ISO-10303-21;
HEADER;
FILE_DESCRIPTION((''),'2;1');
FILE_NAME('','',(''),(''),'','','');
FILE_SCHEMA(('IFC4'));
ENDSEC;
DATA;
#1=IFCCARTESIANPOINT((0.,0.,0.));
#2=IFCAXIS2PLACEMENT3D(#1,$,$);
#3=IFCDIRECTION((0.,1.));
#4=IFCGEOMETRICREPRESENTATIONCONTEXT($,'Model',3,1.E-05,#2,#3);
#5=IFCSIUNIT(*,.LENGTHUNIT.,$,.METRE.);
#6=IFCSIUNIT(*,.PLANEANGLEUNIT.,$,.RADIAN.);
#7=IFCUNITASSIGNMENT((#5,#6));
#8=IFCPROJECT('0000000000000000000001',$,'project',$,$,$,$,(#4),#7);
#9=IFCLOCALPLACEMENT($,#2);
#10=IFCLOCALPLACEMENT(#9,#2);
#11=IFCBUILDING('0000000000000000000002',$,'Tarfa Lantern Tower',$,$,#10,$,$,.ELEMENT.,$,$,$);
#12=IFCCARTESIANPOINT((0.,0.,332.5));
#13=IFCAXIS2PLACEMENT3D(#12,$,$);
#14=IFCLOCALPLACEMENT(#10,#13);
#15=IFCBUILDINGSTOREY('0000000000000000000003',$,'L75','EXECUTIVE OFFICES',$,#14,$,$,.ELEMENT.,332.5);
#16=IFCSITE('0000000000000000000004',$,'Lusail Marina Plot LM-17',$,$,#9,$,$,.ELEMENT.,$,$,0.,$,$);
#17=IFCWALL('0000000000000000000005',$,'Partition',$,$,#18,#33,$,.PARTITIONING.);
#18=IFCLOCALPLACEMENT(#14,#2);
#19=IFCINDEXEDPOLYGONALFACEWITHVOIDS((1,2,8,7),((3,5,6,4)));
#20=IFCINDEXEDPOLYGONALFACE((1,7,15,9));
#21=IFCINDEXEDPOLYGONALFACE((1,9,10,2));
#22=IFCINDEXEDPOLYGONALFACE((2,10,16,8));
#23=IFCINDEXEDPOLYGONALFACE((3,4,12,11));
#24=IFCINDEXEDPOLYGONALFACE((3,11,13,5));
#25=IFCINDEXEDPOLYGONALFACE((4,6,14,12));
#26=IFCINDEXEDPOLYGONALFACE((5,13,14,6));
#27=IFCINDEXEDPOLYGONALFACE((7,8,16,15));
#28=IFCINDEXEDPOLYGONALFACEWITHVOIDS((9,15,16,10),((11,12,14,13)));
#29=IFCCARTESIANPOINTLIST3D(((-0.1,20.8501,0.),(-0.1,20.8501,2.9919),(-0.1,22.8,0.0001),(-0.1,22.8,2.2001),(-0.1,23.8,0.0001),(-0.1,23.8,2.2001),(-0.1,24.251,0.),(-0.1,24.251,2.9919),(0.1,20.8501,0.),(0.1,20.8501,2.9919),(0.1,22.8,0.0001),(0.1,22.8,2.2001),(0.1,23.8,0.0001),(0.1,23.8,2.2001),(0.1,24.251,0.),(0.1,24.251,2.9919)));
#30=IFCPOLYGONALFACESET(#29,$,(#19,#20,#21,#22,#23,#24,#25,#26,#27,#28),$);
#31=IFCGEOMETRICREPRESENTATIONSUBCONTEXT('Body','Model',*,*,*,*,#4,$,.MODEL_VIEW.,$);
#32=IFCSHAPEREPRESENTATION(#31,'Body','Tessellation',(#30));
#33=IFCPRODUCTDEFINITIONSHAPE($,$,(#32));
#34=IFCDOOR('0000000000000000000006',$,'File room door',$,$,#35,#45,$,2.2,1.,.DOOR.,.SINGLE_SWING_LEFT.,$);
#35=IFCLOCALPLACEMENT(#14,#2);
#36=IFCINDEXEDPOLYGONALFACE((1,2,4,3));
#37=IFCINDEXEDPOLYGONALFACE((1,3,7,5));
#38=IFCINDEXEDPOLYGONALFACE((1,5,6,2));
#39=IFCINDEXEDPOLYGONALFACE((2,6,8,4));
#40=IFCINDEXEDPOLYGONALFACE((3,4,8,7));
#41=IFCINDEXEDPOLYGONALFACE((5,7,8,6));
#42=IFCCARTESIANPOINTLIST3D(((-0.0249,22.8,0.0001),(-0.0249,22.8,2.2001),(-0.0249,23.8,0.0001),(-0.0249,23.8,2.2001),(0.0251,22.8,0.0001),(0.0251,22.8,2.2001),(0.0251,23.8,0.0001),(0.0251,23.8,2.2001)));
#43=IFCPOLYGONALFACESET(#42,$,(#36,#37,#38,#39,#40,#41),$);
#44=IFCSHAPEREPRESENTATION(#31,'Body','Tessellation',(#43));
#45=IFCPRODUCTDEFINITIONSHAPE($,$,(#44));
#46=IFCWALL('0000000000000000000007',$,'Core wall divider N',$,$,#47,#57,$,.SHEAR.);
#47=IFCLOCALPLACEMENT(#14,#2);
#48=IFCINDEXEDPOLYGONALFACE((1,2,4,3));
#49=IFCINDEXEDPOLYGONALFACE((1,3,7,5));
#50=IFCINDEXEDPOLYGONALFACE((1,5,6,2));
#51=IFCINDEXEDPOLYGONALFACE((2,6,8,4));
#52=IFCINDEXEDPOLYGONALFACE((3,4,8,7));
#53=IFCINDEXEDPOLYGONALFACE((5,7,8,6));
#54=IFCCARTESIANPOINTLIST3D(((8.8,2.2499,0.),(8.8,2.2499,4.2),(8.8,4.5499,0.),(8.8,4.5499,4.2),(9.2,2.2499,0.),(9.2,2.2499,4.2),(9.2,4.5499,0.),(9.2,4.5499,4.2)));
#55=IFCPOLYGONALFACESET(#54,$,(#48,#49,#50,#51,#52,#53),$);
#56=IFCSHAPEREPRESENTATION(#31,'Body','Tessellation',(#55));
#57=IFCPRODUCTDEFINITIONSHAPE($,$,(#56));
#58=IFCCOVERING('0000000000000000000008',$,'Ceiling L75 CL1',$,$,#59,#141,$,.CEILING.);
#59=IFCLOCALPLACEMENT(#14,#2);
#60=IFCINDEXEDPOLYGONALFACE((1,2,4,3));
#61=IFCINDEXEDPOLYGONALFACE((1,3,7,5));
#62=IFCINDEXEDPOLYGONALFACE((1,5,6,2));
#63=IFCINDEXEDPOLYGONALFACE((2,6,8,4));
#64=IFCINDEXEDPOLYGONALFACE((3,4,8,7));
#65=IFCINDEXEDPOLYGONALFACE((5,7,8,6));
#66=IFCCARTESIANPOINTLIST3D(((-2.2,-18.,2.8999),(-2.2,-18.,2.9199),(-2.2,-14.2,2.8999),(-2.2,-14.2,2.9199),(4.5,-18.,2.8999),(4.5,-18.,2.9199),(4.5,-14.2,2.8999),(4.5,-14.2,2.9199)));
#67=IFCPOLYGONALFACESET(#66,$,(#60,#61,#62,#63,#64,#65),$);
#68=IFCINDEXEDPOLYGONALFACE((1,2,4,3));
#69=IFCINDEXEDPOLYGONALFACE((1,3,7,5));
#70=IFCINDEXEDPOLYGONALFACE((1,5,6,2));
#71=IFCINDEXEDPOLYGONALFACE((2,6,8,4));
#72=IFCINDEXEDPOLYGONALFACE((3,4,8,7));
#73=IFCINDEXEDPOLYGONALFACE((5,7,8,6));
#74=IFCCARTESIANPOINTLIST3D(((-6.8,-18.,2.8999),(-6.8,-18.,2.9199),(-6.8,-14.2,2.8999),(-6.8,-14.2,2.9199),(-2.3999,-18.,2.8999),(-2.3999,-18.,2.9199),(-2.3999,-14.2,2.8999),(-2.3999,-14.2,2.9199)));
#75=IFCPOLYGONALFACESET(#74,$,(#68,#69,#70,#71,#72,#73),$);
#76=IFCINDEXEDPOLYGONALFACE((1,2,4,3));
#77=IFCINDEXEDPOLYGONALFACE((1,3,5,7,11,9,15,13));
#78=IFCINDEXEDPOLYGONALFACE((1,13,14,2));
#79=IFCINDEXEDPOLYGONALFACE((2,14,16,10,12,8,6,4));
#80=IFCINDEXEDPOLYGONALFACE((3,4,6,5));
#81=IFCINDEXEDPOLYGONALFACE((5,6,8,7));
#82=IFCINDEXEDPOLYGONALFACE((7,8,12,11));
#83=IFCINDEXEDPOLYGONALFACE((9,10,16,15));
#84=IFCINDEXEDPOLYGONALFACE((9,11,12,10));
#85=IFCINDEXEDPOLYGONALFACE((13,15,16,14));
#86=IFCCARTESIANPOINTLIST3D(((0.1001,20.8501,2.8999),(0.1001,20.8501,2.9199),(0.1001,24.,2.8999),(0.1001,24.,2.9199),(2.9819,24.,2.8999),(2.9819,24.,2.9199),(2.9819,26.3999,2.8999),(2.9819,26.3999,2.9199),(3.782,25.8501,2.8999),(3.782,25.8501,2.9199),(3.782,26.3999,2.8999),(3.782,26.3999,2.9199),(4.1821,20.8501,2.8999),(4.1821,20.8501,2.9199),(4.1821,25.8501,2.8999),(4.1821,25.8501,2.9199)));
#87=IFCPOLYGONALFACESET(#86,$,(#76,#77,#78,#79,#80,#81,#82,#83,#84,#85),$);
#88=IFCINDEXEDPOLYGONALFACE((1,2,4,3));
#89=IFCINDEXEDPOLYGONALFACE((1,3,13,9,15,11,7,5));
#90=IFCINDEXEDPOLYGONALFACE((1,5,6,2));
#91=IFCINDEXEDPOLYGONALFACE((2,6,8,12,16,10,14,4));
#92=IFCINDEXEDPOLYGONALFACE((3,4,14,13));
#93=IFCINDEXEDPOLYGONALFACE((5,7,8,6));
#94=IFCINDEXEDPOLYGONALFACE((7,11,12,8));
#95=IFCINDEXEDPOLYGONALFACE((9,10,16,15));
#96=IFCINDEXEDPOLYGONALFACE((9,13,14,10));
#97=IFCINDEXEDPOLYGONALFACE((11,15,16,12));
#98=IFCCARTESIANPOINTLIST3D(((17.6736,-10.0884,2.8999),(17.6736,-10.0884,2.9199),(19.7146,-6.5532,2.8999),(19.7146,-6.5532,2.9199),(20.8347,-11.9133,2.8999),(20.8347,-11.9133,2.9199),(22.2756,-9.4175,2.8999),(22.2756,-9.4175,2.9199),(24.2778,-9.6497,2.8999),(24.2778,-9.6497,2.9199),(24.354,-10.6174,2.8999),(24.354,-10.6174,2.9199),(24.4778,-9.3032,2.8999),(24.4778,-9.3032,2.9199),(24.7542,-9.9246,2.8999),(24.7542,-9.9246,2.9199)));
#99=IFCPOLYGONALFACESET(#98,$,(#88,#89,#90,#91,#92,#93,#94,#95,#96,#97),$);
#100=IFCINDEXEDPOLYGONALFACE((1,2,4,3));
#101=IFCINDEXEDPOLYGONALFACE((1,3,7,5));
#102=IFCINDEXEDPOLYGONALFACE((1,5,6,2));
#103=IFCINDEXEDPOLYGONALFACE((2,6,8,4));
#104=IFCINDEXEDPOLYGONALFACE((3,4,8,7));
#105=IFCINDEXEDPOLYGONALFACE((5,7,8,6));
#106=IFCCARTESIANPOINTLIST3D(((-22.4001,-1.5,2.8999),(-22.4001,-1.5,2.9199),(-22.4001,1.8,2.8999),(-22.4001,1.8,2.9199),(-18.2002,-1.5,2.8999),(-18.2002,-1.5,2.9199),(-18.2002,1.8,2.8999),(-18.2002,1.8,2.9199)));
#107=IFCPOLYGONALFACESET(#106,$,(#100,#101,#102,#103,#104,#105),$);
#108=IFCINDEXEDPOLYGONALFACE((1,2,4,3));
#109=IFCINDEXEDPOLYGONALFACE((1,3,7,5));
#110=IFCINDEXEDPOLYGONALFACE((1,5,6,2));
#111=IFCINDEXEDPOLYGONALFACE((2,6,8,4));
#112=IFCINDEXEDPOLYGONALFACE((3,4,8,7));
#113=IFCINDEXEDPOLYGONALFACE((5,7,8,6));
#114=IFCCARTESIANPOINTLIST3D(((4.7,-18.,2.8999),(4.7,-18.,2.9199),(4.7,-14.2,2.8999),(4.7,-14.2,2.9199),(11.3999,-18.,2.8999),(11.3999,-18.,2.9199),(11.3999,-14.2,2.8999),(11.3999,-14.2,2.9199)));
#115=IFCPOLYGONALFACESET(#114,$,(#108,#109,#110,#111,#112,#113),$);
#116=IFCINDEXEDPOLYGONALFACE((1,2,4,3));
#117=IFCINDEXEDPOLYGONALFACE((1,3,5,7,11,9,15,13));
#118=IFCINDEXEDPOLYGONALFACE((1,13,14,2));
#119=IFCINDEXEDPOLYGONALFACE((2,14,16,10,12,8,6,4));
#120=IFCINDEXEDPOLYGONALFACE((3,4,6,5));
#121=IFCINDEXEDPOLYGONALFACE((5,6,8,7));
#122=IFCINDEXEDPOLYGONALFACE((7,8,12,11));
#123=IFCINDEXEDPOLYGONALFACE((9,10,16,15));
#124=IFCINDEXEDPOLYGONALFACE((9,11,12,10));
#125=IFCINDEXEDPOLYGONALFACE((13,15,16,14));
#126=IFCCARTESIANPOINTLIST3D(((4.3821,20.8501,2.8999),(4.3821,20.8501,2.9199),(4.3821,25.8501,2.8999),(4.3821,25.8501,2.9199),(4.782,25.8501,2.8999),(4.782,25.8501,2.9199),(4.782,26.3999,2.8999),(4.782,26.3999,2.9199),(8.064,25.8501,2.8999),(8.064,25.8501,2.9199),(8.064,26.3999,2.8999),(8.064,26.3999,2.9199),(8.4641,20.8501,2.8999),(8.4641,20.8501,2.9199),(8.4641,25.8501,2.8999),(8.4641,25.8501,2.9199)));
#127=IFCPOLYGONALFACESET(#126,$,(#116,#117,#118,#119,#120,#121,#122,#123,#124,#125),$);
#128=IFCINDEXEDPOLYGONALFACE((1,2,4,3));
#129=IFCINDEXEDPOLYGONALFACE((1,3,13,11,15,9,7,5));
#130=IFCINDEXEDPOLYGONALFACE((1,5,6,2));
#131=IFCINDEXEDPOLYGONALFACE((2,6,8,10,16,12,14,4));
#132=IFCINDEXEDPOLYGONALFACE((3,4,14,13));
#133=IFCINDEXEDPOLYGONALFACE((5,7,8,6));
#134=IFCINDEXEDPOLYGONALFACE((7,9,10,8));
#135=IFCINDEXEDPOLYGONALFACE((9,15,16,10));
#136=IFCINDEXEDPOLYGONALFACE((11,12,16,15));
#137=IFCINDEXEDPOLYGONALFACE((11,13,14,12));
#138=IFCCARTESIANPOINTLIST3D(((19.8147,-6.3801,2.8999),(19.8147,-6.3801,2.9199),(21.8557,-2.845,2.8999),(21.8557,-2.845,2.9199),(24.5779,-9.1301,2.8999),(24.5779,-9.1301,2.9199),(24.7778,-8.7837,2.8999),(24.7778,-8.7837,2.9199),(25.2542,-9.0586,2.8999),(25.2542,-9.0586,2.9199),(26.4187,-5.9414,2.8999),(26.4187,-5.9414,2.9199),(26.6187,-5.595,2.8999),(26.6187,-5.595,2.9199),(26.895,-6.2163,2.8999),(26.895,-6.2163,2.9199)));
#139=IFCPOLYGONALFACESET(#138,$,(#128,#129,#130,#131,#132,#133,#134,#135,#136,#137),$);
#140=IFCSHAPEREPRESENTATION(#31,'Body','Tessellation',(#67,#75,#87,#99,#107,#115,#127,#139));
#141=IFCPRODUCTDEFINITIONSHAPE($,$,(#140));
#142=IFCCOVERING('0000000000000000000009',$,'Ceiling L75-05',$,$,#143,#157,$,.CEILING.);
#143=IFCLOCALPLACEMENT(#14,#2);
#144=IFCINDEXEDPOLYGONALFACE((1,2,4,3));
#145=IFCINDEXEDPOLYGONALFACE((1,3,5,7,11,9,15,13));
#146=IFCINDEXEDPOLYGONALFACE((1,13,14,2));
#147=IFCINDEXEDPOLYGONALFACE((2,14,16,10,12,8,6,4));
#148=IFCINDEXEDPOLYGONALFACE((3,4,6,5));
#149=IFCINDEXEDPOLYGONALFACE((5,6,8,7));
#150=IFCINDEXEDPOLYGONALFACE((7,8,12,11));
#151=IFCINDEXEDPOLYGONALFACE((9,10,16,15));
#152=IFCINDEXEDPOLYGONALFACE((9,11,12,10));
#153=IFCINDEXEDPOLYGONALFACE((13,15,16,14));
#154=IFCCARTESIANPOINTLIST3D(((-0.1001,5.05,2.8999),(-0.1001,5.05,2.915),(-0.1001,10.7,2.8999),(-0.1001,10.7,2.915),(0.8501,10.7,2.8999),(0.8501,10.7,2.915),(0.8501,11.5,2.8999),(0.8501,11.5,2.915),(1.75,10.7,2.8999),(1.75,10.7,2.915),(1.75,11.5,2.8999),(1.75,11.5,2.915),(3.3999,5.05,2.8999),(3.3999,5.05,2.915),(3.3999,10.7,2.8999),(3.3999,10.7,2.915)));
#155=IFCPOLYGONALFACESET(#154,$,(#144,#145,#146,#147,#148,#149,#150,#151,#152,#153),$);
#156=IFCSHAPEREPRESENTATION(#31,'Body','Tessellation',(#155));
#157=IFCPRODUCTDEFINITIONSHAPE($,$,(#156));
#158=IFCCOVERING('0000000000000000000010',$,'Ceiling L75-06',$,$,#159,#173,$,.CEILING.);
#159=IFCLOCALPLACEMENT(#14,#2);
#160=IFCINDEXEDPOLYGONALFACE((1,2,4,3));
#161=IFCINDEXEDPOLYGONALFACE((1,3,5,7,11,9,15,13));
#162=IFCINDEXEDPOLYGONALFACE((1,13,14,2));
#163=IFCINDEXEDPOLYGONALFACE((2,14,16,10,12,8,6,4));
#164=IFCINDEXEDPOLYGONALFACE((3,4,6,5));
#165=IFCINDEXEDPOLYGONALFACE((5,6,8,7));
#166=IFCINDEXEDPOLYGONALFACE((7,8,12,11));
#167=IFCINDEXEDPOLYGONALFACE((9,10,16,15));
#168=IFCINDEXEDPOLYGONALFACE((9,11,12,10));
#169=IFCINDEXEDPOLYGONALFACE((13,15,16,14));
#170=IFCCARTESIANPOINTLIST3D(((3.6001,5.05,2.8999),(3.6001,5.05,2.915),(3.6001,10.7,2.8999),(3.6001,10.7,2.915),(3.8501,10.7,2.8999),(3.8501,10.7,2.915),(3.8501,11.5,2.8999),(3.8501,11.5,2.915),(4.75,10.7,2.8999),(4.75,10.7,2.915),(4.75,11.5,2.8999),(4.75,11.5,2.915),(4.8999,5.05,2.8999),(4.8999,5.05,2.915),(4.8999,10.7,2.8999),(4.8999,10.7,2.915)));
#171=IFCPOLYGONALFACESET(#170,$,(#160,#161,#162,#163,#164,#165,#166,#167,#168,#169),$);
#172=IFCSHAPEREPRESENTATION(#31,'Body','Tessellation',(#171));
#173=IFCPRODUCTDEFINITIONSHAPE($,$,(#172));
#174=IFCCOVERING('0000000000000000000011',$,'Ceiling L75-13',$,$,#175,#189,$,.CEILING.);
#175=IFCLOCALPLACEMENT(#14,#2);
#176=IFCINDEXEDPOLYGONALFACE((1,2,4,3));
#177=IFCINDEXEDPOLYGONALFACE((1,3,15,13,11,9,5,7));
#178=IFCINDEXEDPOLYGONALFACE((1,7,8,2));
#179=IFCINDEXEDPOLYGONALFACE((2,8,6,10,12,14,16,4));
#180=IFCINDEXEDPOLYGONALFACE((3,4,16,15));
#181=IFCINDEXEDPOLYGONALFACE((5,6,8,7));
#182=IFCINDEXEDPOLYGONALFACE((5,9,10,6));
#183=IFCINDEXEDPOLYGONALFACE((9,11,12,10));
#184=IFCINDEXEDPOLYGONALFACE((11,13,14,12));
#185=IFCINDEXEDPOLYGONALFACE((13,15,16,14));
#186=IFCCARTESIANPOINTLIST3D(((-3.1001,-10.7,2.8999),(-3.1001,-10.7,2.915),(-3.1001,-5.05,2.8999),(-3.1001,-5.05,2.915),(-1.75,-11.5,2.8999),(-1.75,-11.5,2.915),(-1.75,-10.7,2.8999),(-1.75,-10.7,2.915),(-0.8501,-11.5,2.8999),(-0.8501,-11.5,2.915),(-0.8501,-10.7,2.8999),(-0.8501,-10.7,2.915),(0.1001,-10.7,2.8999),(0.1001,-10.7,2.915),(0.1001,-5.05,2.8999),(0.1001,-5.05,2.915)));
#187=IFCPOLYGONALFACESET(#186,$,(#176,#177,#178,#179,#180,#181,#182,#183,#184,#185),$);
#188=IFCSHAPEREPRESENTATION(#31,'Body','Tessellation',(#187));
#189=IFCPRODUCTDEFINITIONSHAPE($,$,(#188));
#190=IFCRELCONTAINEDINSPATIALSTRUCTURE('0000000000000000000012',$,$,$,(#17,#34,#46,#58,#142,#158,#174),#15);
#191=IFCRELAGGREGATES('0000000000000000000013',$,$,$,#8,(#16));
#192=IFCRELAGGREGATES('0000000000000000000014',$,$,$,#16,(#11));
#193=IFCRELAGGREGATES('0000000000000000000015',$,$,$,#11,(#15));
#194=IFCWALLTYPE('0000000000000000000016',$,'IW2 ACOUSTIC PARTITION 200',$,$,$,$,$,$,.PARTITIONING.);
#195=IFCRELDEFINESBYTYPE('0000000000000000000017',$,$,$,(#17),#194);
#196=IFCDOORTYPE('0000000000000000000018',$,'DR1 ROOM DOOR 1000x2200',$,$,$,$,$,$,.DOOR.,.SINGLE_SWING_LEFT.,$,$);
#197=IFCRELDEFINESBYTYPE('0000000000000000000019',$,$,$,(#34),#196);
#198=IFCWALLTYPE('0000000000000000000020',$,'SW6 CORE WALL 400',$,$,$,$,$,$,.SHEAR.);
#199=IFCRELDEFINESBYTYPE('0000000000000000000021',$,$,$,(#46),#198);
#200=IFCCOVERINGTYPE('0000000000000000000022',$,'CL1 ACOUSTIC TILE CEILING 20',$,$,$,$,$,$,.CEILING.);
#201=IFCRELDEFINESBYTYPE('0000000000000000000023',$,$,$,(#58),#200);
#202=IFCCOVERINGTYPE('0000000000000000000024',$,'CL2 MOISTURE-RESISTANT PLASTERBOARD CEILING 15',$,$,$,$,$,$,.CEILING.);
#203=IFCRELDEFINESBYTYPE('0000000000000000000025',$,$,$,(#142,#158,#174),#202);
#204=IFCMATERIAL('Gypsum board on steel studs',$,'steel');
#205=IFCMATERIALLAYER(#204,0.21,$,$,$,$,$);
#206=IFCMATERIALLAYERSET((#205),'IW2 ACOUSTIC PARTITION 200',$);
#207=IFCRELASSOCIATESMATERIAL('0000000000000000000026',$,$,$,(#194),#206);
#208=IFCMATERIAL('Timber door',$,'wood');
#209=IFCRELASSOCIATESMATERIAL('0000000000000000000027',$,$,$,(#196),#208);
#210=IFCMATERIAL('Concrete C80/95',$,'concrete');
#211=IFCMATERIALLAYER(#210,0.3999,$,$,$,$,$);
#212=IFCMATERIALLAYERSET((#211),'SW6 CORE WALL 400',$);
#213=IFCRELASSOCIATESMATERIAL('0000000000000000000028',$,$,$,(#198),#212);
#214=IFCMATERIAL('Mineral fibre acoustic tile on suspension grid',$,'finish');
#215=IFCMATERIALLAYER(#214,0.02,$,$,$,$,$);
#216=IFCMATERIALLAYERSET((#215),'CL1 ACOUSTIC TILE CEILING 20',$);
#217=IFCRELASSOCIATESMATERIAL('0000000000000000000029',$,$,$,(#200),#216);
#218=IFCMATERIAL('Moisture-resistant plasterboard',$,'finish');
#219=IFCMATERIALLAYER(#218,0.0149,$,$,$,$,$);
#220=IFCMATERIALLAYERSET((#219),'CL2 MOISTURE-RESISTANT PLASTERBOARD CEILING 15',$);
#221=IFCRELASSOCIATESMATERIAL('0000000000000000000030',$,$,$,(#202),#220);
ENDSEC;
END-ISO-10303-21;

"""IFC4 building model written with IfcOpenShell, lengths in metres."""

from ifc_helpers import new_model, si_unit, direction, frame, frame_2d, origin, place, context, subcontext, project, spatial, polyline, rectangle, outline, extrude, material, layer, layer_set, type_object, element, fill, save


model = new_model("IFC4")

# Units and contexts
model_context = context("Model", 3, precision=1e-05, world=origin(), true_north=direction((0.0, 1.0)))
body_context = subcontext(model_context, "Body", "Model", "MODEL_VIEW")
ifc_project = project(units=[si_unit("LENGTHUNIT", "METRE"), si_unit("PLANEANGLEUNIT", "RADIAN")], contexts=[model_context])

# Site, building, storey
site_placement = place(None, origin())
site = spatial("IfcSite", under=ifc_project, at=site_placement, Name="Lusail Marina Plot LM-17", CompositionType="ELEMENT", RefElevation=0.0)
building_placement = place(site_placement, origin())
building = spatial("IfcBuilding", under=site, at=building_placement, Name="Tarfa Lantern Tower", CompositionType="ELEMENT")
storey_placement = place(building_placement, frame((0.0, 0.0, 332.5)))
storey = spatial("IfcBuildingStorey", under=building, at=storey_placement, Name="L75", Description="EXECUTIVE OFFICES", CompositionType="ELEMENT", Elevation=332.5)

# Wall, opening, door
ifc_material_1 = material(Name="Gypsum board on steel studs", Category="steel")
ifc_layer_1 = layer(ifc_material_1, 0.21)
ifc_layer_set_1 = layer_set([ifc_layer_1], Name="IW2 ACOUSTIC PARTITION 200")
wall_type_1 = type_object("IfcWallType", Name="IW2 ACOUSTIC PARTITION 200", PredefinedType="PARTITIONING", material=ifc_layer_set_1)
ifc_material_2 = material(Name="Timber door", Category="wood")
door_type = type_object("IfcDoorType", Name="DR1 ROOM DOOR 1000x2200", OperationType="SINGLE_SWING_LEFT", PredefinedType="DOOR", material=ifc_material_2)
wall_1_placement = place(storey_placement, frame((0.0, 20.8501, 0.0), z_axis=(0.0, 0.0, 1.0), x_axis=(0.0, 1.0, 0.0)))
wall_1 = element("IfcWall", 1, at=wall_1_placement, inside=storey, type_object=wall_type_1, Name="Partition", PredefinedType="PARTITIONING", context=body_context, shape_type="SweptSolid", body=[
    extrude(rectangle(XDim=3.4009, YDim=0.2, at=frame_2d((1.7004, 0.0))), origin(), (0.0, 0.0, 1.0), 2.9919),
])
opening_1_placement = place(wall_1_placement, frame((1.95, 0.0, 0.0)))
opening_1 = element("IfcOpeningElement", 2, at=opening_1_placement, cuts=wall_1, PredefinedType="OPENING", context=body_context, shape_type="SweptSolid", body=[
    extrude(rectangle(XDim=1.0, YDim=2.2, at=frame_2d((0.5, 1.1001))), frame((0.0, 0.1099, 0.0), z_axis=(0.0, -1.0, 0.0), x_axis=(1.0, 0.0, 0.0)), (0.0, 0.0, 1.0), 0.22),
])
door_1_placement = place(opening_1_placement, origin())
door_1 = element("IfcDoor", 3, at=door_1_placement, inside=storey, type_object=door_type, Name="File room door", OperationType="SINGLE_SWING_LEFT", OverallHeight=2.2, OverallWidth=1.0, PredefinedType="DOOR", context=body_context, shape_type="SweptSolid", body=[
    extrude(rectangle(XDim=1.0, YDim=2.2, at=frame_2d((0.5, 1.1001))), frame((0.0, 0.0249, 0.0), z_axis=(0.0, -1.0, 0.0), x_axis=(1.0, 0.0, 0.0)), (0.0, 0.0, 1.0), 0.05),
])
fill(opening_1, door_1)

# Wall
ifc_material_3 = material(Name="Concrete C80/95", Category="concrete")
ifc_layer_2 = layer(ifc_material_3, 0.3999)
ifc_layer_set_2 = layer_set([ifc_layer_2], Name="SW6 CORE WALL 400")
wall_type_2 = type_object("IfcWallType", Name="SW6 CORE WALL 400", PredefinedType="SHEAR", material=ifc_layer_set_2)
wall_2_placement = place(storey_placement, frame((9.0, 2.25, 0.0), z_axis=(0.0, 0.0, 1.0), x_axis=(0.0, 1.0, 0.0)))
element("IfcWall", 4, at=wall_2_placement, inside=storey, type_object=wall_type_2, Name="Core wall divider N", PredefinedType="SHEAR", context=body_context, shape_type="SweptSolid", body=[
    extrude(rectangle(XDim=2.3, YDim=0.3999, at=frame_2d((1.1499, 0.0))), origin(), (0.0, 0.0, 1.0), 4.2),
])

# Coverings
ifc_material_4 = material(Name="Mineral fibre acoustic tile on suspension grid", Category="finish")
ifc_layer_3 = layer(ifc_material_4, 0.02)
ifc_layer_set_3 = layer_set([ifc_layer_3], Name="CL1 ACOUSTIC TILE CEILING 20")
covering_type_1 = type_object("IfcCoveringType", Name="CL1 ACOUSTIC TILE CEILING 20", PredefinedType="CEILING", material=ifc_layer_set_3)
covering_1_placement = place(storey_placement, frame((0.0, 0.0, 2.8999)))
element("IfcCovering", 5, at=covering_1_placement, inside=storey, type_object=covering_type_1, Name="Ceiling L75 CL1", PredefinedType="CEILING", context=body_context, shape_type="SweptSolid", body=[
    extrude(outline(polyline([(-2.2, -14.2), (4.5, -14.2), (4.5, -18.0), (-2.2, -18.0), (-2.2, -14.2)])), origin(), (0.0, 0.0, 1.0), 0.02),
    extrude(outline(polyline([(-6.8, -14.2), (-2.3999, -14.2), (-2.3999, -18.0), (-6.8, -18.0), (-6.8, -14.2)])), origin(), (0.0, 0.0, 1.0), 0.02),
    extrude(outline(polyline([(4.1821, 20.8501), (0.1001, 20.8501), (0.1001, 24.0), (2.9819, 24.0), (2.9819, 26.3999), (3.782, 26.3999), (3.782, 25.8501), (4.1821, 25.8501), (4.1821, 20.8501)])), origin(), (0.0, 0.0, 1.0), 0.02),
    extrude(outline(polyline([(19.7146, -6.5532), (24.4778, -9.3032), (24.2778, -9.6497), (24.7542, -9.9246), (24.354, -10.6174), (22.2756, -9.4175), (20.8347, -11.9133), (17.6736, -10.0884), (19.7146, -6.5532)])), origin(), (0.0, 0.0, 1.0), 0.02),
    extrude(outline(polyline([(-22.4001, 1.8), (-18.2002, 1.8), (-18.2002, -1.5), (-22.4001, -1.5), (-22.4001, 1.8)])), origin(), (0.0, 0.0, 1.0), 0.02),
    extrude(outline(polyline([(4.7, -14.2), (11.3999, -14.2), (11.3999, -18.0), (4.7, -18.0), (4.7, -14.2)])), origin(), (0.0, 0.0, 1.0), 0.02),
    extrude(outline(polyline([(8.4641, 20.8501), (4.3821, 20.8501), (4.3821, 25.8501), (4.782, 25.8501), (4.782, 26.3999), (8.064, 26.3999), (8.064, 25.8501), (8.4641, 25.8501), (8.4641, 20.8501)])), origin(), (0.0, 0.0, 1.0), 0.02),
    extrude(outline(polyline([(21.8557, -2.845), (26.6187, -5.595), (26.4187, -5.9414), (26.895, -6.2163), (25.2542, -9.0586), (24.7778, -8.7837), (24.5779, -9.1301), (19.8147, -6.3801), (21.8557, -2.845)])), origin(), (0.0, 0.0, 1.0), 0.02),
])
ifc_material_5 = material(Name="Moisture-resistant plasterboard", Category="finish")
ifc_layer_4 = layer(ifc_material_5, 0.0149)
ifc_layer_set_4 = layer_set([ifc_layer_4], Name="CL2 MOISTURE-RESISTANT PLASTERBOARD CEILING 15")
covering_type_2 = type_object("IfcCoveringType", Name="CL2 MOISTURE-RESISTANT PLASTERBOARD CEILING 15", PredefinedType="CEILING", material=ifc_layer_set_4)
covering_2_placement = place(storey_placement, frame((0.0, 0.0, 2.8999)))
element("IfcCovering", 6, at=covering_2_placement, inside=storey, type_object=covering_type_2, Name="Ceiling L75-05", PredefinedType="CEILING", context=body_context, shape_type="SweptSolid", body=[
    extrude(outline(polyline([(0.8501, 10.7), (-0.1001, 10.7), (-0.1001, 5.05), (3.3999, 5.05), (3.3999, 10.7), (1.75, 10.7), (1.75, 11.5), (0.8501, 11.5), (0.8501, 11.5), (0.8501, 10.7)])), origin(), (0.0, 0.0, 1.0), 0.0151),
])
covering_3_placement = place(storey_placement, frame((0.0, 0.0, 2.8999)))
element("IfcCovering", 7, at=covering_3_placement, inside=storey, type_object=covering_type_2, Name="Ceiling L75-06", PredefinedType="CEILING", context=body_context, shape_type="SweptSolid", body=[
    extrude(outline(polyline([(3.6001, 5.05), (4.8999, 5.05), (4.8999, 10.7), (4.75, 10.7), (4.75, 11.5), (3.8501, 11.5), (3.8501, 10.7), (3.6001, 10.7), (3.6001, 5.05)])), origin(), (0.0, 0.0, 1.0), 0.0151),
])
covering_4_placement = place(storey_placement, frame((0.0, 0.0, 2.8999)))
element("IfcCovering", 8, at=covering_4_placement, inside=storey, type_object=covering_type_2, Name="Ceiling L75-13", PredefinedType="CEILING", context=body_context, shape_type="SweptSolid", body=[
    extrude(outline(polyline([(-0.8501, -10.7), (0.1001, -10.7), (0.1001, -5.05), (-3.1001, -5.05), (-3.1001, -10.7), (-1.75, -10.7), (-1.75, -11.5), (-0.8501, -11.5), (-0.8501, -10.7)])), origin(), (0.0, 0.0, 1.0), 0.0151),
])

save(model, "model.ifc")
